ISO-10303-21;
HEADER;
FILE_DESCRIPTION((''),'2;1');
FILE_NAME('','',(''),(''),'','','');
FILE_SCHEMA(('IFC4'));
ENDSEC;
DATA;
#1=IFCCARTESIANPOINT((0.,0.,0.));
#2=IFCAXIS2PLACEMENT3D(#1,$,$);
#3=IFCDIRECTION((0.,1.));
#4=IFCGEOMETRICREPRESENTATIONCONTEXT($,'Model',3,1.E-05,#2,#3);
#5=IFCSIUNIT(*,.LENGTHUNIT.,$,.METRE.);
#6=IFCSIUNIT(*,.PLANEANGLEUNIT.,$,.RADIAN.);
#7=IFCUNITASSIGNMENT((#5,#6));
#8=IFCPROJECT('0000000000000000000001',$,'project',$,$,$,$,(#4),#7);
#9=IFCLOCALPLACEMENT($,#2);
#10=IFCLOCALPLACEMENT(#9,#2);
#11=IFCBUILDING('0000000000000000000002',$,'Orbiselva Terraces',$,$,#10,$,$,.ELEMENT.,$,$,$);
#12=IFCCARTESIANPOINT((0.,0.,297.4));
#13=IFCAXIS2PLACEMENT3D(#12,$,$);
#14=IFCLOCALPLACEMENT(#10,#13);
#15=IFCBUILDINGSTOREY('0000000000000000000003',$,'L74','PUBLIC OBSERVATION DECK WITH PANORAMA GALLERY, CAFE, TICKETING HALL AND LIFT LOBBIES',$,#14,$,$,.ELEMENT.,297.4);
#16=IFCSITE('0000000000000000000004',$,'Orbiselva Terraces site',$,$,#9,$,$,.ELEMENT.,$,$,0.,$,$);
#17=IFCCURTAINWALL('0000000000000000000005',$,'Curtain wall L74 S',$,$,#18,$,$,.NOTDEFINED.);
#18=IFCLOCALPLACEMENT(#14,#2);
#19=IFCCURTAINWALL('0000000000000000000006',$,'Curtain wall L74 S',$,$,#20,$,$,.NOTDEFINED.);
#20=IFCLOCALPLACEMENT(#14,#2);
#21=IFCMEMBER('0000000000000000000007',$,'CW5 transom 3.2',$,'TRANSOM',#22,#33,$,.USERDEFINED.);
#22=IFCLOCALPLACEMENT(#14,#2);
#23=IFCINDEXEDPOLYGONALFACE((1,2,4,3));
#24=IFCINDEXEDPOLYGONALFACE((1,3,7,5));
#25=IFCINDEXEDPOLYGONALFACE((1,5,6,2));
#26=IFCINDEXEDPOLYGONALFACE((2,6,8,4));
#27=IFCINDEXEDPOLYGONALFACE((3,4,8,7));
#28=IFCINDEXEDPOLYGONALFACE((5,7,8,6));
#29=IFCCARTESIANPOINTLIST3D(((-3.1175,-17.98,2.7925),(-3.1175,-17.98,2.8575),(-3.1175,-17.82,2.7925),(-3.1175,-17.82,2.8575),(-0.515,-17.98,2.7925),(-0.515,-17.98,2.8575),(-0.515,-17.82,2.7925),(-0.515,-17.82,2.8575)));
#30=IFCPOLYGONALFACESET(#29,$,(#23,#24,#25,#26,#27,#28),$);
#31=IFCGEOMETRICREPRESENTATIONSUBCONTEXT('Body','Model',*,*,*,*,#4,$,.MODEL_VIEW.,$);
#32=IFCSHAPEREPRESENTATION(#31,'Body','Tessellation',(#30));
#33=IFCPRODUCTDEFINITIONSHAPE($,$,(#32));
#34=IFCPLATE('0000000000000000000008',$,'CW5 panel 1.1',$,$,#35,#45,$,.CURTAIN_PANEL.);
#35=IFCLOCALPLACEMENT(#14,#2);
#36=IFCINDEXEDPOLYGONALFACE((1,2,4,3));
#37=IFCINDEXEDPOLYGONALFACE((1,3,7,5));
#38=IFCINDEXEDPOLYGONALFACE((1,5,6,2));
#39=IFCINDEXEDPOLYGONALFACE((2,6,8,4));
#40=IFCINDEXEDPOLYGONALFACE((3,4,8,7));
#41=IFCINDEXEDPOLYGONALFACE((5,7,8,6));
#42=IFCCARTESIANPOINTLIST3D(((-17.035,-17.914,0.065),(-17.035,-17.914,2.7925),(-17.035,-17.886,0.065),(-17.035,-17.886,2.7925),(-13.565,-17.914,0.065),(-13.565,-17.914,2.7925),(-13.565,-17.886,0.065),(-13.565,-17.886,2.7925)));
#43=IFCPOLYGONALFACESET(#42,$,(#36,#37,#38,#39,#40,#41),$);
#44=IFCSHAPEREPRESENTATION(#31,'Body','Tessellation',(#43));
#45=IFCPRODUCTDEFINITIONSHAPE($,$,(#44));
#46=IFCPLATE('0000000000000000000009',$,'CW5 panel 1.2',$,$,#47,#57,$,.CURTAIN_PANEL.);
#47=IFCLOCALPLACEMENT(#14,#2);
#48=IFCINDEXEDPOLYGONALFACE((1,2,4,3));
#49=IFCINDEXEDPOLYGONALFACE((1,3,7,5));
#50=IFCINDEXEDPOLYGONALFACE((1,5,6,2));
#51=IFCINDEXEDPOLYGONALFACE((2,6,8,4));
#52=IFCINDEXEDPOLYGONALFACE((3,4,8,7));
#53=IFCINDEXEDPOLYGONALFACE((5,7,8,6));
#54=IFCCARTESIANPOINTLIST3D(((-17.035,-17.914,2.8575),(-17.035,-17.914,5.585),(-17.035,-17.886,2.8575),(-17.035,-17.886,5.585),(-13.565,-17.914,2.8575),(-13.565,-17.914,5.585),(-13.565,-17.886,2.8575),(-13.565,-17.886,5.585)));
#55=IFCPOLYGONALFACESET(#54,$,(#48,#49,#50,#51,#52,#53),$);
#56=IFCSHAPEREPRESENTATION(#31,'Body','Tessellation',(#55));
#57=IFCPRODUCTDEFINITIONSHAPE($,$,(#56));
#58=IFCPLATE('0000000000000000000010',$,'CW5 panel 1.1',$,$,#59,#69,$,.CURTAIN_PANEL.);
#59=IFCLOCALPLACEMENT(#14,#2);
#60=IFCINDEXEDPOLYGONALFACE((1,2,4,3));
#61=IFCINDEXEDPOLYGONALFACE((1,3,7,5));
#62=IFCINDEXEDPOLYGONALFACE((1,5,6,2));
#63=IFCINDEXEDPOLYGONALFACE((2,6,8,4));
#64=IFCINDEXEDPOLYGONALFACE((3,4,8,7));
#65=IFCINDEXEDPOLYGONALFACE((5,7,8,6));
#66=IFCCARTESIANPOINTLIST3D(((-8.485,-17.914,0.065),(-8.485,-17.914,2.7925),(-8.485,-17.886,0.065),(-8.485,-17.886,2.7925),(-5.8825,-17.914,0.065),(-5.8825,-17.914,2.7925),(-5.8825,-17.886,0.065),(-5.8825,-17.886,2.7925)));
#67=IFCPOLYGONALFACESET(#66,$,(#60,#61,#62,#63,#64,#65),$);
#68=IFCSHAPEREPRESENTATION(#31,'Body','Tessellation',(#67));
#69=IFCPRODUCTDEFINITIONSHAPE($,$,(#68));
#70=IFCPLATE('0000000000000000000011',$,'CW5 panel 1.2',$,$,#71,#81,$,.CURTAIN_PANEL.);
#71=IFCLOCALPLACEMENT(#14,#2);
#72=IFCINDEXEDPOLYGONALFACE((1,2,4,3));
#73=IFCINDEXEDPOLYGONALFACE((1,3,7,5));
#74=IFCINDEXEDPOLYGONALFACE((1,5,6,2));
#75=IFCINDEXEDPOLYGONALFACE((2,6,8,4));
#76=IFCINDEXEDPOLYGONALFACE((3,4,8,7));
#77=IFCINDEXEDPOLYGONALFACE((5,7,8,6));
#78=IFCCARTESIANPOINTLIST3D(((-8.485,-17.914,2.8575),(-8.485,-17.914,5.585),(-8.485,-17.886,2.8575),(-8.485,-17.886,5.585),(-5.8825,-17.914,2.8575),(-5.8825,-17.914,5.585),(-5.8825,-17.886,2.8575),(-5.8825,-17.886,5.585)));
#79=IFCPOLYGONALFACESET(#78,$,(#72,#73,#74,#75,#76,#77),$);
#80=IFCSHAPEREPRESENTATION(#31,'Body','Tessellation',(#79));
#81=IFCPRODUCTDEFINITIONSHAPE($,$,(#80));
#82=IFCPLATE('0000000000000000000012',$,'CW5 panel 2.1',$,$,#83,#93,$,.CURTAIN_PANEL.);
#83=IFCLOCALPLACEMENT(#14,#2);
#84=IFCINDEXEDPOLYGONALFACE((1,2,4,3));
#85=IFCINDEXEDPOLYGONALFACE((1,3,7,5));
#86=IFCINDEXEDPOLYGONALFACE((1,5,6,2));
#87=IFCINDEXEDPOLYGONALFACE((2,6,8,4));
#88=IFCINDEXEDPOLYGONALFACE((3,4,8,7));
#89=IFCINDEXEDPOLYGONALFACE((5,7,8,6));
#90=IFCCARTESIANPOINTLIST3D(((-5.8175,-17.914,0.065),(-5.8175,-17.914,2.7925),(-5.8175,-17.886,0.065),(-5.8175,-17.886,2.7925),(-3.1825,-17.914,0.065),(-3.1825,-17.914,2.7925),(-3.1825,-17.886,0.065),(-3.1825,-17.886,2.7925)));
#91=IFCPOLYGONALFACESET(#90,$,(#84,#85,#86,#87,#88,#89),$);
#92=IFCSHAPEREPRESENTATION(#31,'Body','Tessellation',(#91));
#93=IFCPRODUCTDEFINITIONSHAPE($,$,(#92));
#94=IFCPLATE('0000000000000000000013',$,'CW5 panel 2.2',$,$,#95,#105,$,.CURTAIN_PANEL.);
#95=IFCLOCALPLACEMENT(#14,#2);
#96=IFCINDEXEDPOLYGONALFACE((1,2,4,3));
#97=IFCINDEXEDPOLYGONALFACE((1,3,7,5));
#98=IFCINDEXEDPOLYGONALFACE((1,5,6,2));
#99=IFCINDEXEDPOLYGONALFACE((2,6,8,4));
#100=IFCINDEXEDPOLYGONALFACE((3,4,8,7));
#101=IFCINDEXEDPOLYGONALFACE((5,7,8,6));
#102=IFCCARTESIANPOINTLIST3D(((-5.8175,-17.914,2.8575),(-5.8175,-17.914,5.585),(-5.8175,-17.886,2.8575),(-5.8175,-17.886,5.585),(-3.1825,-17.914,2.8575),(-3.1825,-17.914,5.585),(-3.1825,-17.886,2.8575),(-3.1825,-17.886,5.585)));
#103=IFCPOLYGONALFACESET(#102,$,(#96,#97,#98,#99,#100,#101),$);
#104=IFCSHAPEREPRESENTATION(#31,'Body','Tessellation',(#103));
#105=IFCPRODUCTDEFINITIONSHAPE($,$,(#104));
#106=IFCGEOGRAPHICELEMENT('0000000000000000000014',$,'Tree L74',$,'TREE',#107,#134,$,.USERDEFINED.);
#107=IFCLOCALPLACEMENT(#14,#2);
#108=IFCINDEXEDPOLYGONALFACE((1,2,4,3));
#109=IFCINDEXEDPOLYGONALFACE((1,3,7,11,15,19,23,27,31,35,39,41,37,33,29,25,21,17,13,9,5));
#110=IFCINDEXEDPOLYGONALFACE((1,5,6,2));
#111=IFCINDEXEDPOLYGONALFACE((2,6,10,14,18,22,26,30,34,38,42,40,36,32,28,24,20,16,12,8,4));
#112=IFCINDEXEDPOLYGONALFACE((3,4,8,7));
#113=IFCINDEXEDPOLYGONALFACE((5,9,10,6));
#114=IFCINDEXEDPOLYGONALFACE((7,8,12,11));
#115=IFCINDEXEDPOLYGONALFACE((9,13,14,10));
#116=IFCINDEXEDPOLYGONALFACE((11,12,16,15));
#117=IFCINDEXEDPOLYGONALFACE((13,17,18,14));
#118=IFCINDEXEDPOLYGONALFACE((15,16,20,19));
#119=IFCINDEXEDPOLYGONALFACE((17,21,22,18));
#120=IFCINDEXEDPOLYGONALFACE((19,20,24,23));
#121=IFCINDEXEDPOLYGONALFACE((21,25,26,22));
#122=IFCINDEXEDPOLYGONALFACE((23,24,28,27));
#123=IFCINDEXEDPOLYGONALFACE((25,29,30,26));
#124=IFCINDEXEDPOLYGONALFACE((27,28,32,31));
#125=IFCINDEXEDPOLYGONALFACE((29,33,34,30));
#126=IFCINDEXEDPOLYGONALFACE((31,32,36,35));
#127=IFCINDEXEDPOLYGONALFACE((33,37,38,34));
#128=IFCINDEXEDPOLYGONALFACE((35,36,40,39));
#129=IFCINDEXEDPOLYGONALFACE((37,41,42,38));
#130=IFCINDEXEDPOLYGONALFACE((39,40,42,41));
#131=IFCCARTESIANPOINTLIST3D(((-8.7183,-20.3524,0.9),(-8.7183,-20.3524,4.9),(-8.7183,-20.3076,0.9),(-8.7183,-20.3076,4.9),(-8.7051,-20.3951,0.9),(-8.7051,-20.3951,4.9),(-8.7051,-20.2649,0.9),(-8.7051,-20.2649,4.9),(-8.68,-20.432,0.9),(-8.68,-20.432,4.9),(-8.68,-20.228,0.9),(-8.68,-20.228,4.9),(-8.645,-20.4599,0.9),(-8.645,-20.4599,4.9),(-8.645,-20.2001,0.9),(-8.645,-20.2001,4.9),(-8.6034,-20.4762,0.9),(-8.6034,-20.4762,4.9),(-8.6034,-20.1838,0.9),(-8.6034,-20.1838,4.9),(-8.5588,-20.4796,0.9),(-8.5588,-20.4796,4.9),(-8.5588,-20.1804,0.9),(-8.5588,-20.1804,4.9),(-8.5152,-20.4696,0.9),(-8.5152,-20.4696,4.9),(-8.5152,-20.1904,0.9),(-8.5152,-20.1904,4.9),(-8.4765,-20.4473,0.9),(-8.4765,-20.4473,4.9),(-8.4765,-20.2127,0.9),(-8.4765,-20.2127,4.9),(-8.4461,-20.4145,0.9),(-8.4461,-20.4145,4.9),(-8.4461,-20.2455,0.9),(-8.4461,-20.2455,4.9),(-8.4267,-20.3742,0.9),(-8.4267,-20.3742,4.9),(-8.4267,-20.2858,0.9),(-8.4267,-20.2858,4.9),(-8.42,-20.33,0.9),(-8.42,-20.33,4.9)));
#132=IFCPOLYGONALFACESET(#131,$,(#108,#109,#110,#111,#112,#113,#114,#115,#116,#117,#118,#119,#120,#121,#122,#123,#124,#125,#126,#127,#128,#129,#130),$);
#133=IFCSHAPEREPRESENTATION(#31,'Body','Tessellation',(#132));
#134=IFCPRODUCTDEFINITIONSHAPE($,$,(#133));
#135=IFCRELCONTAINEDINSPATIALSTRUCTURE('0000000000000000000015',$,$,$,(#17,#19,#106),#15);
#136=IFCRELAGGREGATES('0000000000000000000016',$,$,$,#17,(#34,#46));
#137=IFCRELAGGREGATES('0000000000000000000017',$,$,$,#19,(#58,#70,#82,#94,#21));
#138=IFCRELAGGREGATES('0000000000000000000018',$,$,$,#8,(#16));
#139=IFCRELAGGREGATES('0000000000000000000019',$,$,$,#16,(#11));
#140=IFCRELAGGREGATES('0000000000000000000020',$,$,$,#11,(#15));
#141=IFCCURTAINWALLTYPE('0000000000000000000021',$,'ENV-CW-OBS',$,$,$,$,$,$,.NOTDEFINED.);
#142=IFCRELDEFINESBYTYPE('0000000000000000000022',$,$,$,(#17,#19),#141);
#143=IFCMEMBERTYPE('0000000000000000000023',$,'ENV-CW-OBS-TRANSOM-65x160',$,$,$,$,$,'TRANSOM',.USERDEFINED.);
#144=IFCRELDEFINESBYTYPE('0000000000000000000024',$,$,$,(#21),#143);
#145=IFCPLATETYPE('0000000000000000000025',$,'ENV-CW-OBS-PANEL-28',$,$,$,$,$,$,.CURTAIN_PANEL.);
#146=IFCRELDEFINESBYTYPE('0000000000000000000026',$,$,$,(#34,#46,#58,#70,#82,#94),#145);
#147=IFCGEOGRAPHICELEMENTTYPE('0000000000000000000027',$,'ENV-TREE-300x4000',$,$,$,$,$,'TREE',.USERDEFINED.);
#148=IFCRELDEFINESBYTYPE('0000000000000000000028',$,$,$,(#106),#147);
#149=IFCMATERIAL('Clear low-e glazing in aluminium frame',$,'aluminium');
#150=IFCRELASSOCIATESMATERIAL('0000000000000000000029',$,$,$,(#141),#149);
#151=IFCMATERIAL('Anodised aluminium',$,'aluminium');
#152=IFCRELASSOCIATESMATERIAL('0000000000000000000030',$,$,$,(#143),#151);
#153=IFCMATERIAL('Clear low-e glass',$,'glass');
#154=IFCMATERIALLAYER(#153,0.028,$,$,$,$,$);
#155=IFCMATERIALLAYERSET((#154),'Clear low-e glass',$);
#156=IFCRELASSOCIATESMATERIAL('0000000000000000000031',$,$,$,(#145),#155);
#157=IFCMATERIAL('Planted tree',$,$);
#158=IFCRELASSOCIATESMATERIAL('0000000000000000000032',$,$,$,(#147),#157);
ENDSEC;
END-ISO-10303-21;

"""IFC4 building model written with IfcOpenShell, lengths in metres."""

from ifc_helpers import new_model, si_unit, direction, frame, origin, origin_2d, place, context, subcontext, project, spatial, rectangle, circle, extrude, material, layer, layer_set, material_profile, profile_set, type_object, element, aggregate, save


model = new_model("IFC4")

# Units and contexts
model_context = context("Model", 3, precision=1e-05, world=origin(), true_north=direction((0.0, 1.0)))
body_context = subcontext(model_context, "Body", "Model", "MODEL_VIEW")
ifc_project = project(units=[si_unit("LENGTHUNIT", "METRE"), si_unit("PLANEANGLEUNIT", "RADIAN")], contexts=[model_context])

# Site, building, storey
site_placement = place(None, origin())
site = spatial("IfcSite", under=ifc_project, at=site_placement, Name="Orbiselva Terraces site", CompositionType="ELEMENT", RefElevation=0.0)
building_placement = place(site_placement, origin())
building = spatial("IfcBuilding", under=site, at=building_placement, Name="Orbiselva Terraces", CompositionType="ELEMENT")
storey_placement = place(building_placement, frame((0.0, 0.0, 297.4)))
storey = spatial("IfcBuildingStorey", under=building, at=storey_placement, Name="L74", Description="PUBLIC OBSERVATION DECK WITH PANORAMA GALLERY, CAFE, TICKETING HALL AND LIFT LOBBIES", CompositionType="ELEMENT", Elevation=297.4)

# Curtain walls
ifc_material_1 = material(Name="Clear low-e glazing in aluminium frame", Category="aluminium")
curtain_wall_type = type_object("IfcCurtainWallType", Name="ENV-CW-OBS", PredefinedType="NOTDEFINED", material=ifc_material_1)
curtain_wall_1_placement = place(storey_placement, origin())
curtain_wall_1 = element("IfcCurtainWall", 1, at=curtain_wall_1_placement, inside=storey, type_object=curtain_wall_type, Name="Curtain wall L74 S", PredefinedType="NOTDEFINED")
ifc_material_2 = material(Name="Anodised aluminium", Category="aluminium")
curtain_wall_2_placement = place(storey_placement, origin())
curtain_wall_2 = element("IfcCurtainWall", 2, at=curtain_wall_2_placement, inside=storey, type_object=curtain_wall_type, Name="Curtain wall L74 S", PredefinedType="NOTDEFINED")

# Member
ifc_material_profile_1 = material_profile(ifc_material_2, rectangle(XDim=0.16, YDim=0.065, at=origin_2d()), Name="AL 65x160")
ifc_profile_set_1 = profile_set([ifc_material_profile_1], Name="Anodised aluminium")
member_type_1 = type_object("IfcMemberType", Name="ENV-CW-OBS-TRANSOM-65x160", ElementType="TRANSOM", PredefinedType="USERDEFINED", material=ifc_profile_set_1)
member_1_placement = place(storey_placement, frame((-3.1175, -17.9, 2.825), z_axis=(1.0, 0.0, 0.0), x_axis=(0.0, 1.0, 0.0)))
member_1 = element("IfcMember", 3, at=member_1_placement, type_object=member_type_1, Name="CW5 transom 3.2", ObjectType="TRANSOM", PredefinedType="USERDEFINED", context=body_context, shape_type="SweptSolid", body=[
    extrude(rectangle(XDim=0.16, YDim=0.065, at=origin_2d()), origin(), (0.0, 0.0, 1.0), 2.6025),
])

# Plates
ifc_material_3 = material(Name="Clear low-e glass", Category="glass")
ifc_layer = layer(ifc_material_3, 0.028)
ifc_layer_set = layer_set([ifc_layer], Name="Clear low-e glass")
plate_type = type_object("IfcPlateType", Name="ENV-CW-OBS-PANEL-28", PredefinedType="CURTAIN_PANEL", material=ifc_layer_set)
plate_1_placement = place(storey_placement, frame((-15.3, -17.9, 0.065), z_axis=(0.0, 0.0, 1.0), x_axis=(1.0, 0.0, 0.0)))
plate_1 = element("IfcPlate", 4, at=plate_1_placement, type_object=plate_type, Name="CW5 panel 1.1", PredefinedType="CURTAIN_PANEL", context=body_context, shape_type="SweptSolid", body=[
    extrude(rectangle(XDim=3.47, YDim=0.028, at=origin_2d()), origin(), (0.0, 0.0, 1.0), 2.7275),
])
plate_2_placement = place(storey_placement, frame((-15.3, -17.9, 2.8575), z_axis=(0.0, 0.0, 1.0), x_axis=(1.0, 0.0, 0.0)))
plate_2 = element("IfcPlate", 5, at=plate_2_placement, type_object=plate_type, Name="CW5 panel 1.2", PredefinedType="CURTAIN_PANEL", context=body_context, shape_type="SweptSolid", body=[
    extrude(rectangle(XDim=3.47, YDim=0.028, at=origin_2d()), origin(), (0.0, 0.0, 1.0), 2.7275),
])
aggregate(curtain_wall_1, [plate_1, plate_2])
plate_3_placement = place(storey_placement, frame((-7.1837, -17.9, 0.065), z_axis=(0.0, 0.0, 1.0), x_axis=(1.0, 0.0, 0.0)))
plate_3 = element("IfcPlate", 6, at=plate_3_placement, type_object=plate_type, Name="CW5 panel 1.1", PredefinedType="CURTAIN_PANEL", context=body_context, shape_type="SweptSolid", body=[
    extrude(rectangle(XDim=2.6025, YDim=0.028, at=origin_2d()), origin(), (0.0, 0.0, 1.0), 2.7275),
])
plate_4_placement = place(storey_placement, frame((-7.1837, -17.9, 2.8575), z_axis=(0.0, 0.0, 1.0), x_axis=(1.0, 0.0, 0.0)))
plate_4 = element("IfcPlate", 7, at=plate_4_placement, type_object=plate_type, Name="CW5 panel 1.2", PredefinedType="CURTAIN_PANEL", context=body_context, shape_type="SweptSolid", body=[
    extrude(rectangle(XDim=2.6025, YDim=0.028, at=origin_2d()), origin(), (0.0, 0.0, 1.0), 2.7275),
])
plate_5_placement = place(storey_placement, frame((-4.5, -17.9, 0.065), z_axis=(0.0, 0.0, 1.0), x_axis=(1.0, 0.0, 0.0)))
plate_5 = element("IfcPlate", 8, at=plate_5_placement, type_object=plate_type, Name="CW5 panel 2.1", PredefinedType="CURTAIN_PANEL", context=body_context, shape_type="SweptSolid", body=[
    extrude(rectangle(XDim=2.635, YDim=0.028, at=origin_2d()), origin(), (0.0, 0.0, 1.0), 2.7275),
])
plate_6_placement = place(storey_placement, frame((-4.5, -17.9, 2.8575), z_axis=(0.0, 0.0, 1.0), x_axis=(1.0, 0.0, 0.0)))
plate_6 = element("IfcPlate", 9, at=plate_6_placement, type_object=plate_type, Name="CW5 panel 2.2", PredefinedType="CURTAIN_PANEL", context=body_context, shape_type="SweptSolid", body=[
    extrude(rectangle(XDim=2.635, YDim=0.028, at=origin_2d()), origin(), (0.0, 0.0, 1.0), 2.7275),
])
aggregate(curtain_wall_2, [plate_3, plate_4, plate_5, plate_6, member_1])

# Geographic element
ifc_material_4 = material(Name="Planted tree")
geographic_element_type = type_object("IfcGeographicElementType", Name="ENV-TREE-300x4000", ElementType="TREE", PredefinedType="USERDEFINED", material=ifc_material_4)
geographic_element_placement = place(storey_placement, frame((-8.57, -20.33, 4.9), z_axis=(0.0, 0.0, -1.0), x_axis=(1.0, 0.0, 0.0)))
element("IfcGeographicElement", 10, at=geographic_element_placement, inside=storey, type_object=geographic_element_type, Name="Tree L74", ObjectType="TREE", PredefinedType="USERDEFINED", context=body_context, shape_type="SweptSolid", body=[
    extrude(circle(Radius=0.15, at=origin_2d()), origin(), (0.0, 0.0, 1.0), 4.0),
])

save(model, "model.ifc")
